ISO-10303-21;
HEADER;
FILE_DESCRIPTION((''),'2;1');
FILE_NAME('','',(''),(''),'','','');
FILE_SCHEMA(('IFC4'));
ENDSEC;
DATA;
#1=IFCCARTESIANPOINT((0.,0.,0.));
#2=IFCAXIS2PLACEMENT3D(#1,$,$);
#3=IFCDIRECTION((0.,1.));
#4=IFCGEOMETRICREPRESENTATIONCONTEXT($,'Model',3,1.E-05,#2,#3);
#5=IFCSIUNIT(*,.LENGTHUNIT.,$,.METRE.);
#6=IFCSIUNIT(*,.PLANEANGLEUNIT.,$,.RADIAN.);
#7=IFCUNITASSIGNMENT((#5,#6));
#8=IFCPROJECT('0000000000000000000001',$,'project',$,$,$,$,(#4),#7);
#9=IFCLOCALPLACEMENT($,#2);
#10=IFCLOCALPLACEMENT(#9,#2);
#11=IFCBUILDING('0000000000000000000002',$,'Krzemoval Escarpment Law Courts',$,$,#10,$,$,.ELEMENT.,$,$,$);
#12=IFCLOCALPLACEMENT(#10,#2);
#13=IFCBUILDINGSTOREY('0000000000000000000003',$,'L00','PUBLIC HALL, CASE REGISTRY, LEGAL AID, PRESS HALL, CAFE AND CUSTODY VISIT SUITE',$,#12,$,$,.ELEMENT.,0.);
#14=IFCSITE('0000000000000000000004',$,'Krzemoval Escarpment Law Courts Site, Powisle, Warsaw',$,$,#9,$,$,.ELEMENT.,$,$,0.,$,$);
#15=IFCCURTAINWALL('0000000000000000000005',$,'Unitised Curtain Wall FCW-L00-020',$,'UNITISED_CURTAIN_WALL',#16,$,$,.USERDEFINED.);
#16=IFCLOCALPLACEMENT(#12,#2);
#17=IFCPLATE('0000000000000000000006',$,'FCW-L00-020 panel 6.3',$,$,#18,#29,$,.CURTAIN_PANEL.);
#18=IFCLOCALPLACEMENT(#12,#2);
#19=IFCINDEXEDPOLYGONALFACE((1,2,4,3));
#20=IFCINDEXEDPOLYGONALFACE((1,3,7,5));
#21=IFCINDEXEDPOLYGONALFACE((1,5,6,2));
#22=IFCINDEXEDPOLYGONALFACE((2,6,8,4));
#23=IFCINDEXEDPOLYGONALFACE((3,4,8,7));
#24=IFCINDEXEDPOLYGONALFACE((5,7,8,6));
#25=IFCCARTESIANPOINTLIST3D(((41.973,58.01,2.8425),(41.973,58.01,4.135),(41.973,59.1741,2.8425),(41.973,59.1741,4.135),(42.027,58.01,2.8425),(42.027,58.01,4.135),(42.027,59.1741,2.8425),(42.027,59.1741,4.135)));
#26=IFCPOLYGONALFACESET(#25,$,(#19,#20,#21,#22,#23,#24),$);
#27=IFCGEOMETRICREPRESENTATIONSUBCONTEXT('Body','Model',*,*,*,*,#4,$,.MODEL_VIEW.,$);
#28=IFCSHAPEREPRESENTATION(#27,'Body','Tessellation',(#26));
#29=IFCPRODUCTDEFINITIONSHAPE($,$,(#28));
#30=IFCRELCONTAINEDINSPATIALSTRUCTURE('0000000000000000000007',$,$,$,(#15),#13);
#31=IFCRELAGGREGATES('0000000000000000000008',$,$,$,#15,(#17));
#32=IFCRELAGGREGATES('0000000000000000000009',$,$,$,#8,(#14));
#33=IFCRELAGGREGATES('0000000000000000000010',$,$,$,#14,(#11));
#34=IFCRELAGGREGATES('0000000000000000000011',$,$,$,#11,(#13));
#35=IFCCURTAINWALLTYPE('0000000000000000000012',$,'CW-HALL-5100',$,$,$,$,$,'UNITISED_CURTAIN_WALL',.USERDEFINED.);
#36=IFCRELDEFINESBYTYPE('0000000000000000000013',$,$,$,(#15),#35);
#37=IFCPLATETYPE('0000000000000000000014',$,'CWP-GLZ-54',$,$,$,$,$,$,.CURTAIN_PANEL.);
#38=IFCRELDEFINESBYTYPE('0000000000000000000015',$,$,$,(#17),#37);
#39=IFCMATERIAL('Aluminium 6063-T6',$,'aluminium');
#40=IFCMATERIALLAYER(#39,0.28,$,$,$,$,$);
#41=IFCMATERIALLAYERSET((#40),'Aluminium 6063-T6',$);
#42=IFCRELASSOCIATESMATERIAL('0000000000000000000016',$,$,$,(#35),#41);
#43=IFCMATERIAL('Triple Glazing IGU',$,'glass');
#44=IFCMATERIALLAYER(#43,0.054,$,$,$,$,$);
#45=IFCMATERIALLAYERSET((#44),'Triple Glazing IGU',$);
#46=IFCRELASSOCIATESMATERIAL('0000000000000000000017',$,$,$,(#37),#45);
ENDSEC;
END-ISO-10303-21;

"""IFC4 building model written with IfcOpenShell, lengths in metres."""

from ifc_helpers import new_model, si_unit, direction, frame, origin, origin_2d, place, context, subcontext, project, spatial, rectangle, extrude, material, layer, layer_set, type_object, element, aggregate, save


model = new_model("IFC4")

# Units and contexts
model_context = context("Model", 3, precision=1e-05, world=origin(), true_north=direction((0.0, 1.0)))
body_context = subcontext(model_context, "Body", "Model", "MODEL_VIEW")
ifc_project = project(units=[si_unit("LENGTHUNIT", "METRE"), si_unit("PLANEANGLEUNIT", "RADIAN")], contexts=[model_context])

# Site, building, storey
site_placement = place(None, origin())
site = spatial("IfcSite", under=ifc_project, at=site_placement, Name="Krzemoval Escarpment Law Courts Site, Powisle, Warsaw", CompositionType="ELEMENT", RefElevation=0.0)
building_placement = place(site_placement, origin())
building = spatial("IfcBuilding", under=site, at=building_placement, Name="Krzemoval Escarpment Law Courts", CompositionType="ELEMENT")
storey_placement = place(building_placement, origin())
storey = spatial("IfcBuildingStorey", under=building, at=storey_placement, Name="L00", Description="PUBLIC HALL, CASE REGISTRY, LEGAL AID, PRESS HALL, CAFE AND CUSTODY VISIT SUITE", CompositionType="ELEMENT", Elevation=0.0)

# Curtain wall
ifc_material_1 = material(Name="Aluminium 6063-T6", Category="aluminium")
ifc_layer_1 = layer(ifc_material_1, 0.28)
ifc_layer_set_1 = layer_set([ifc_layer_1], Name="Aluminium 6063-T6")
curtain_wall_type = type_object("IfcCurtainWallType", Name="CW-HALL-5100", ElementType="UNITISED_CURTAIN_WALL", PredefinedType="USERDEFINED", material=ifc_layer_set_1)
curtain_wall_placement = place(storey_placement, origin())
curtain_wall = element("IfcCurtainWall", 1, at=curtain_wall_placement, inside=storey, type_object=curtain_wall_type, Name="Unitised Curtain Wall FCW-L00-020", ObjectType="UNITISED_CURTAIN_WALL", PredefinedType="USERDEFINED")

# Plate
ifc_material_2 = material(Name="Triple Glazing IGU", Category="glass")
ifc_layer_2 = layer(ifc_material_2, 0.054)
ifc_layer_set_2 = layer_set([ifc_layer_2], Name="Triple Glazing IGU")
plate_type = type_object("IfcPlateType", Name="CWP-GLZ-54", PredefinedType="CURTAIN_PANEL", material=ifc_layer_set_2)
plate_1_placement = place(storey_placement, frame((42.0, 58.592, 2.8425), z_axis=(0.0, 0.0, 1.0), x_axis=(0.0, -1.0, 0.0)))
plate_1 = element("IfcPlate", 2, at=plate_1_placement, type_object=plate_type, Name="FCW-L00-020 panel 6.3", PredefinedType="CURTAIN_PANEL", context=body_context, shape_type="SweptSolid", body=[
    extrude(rectangle(XDim=1.1641, YDim=0.054, at=origin_2d()), origin(), (0.0, 0.0, 1.0), 1.2925),
])
aggregate(curtain_wall, [plate_1])

save(model, "model.ifc")
